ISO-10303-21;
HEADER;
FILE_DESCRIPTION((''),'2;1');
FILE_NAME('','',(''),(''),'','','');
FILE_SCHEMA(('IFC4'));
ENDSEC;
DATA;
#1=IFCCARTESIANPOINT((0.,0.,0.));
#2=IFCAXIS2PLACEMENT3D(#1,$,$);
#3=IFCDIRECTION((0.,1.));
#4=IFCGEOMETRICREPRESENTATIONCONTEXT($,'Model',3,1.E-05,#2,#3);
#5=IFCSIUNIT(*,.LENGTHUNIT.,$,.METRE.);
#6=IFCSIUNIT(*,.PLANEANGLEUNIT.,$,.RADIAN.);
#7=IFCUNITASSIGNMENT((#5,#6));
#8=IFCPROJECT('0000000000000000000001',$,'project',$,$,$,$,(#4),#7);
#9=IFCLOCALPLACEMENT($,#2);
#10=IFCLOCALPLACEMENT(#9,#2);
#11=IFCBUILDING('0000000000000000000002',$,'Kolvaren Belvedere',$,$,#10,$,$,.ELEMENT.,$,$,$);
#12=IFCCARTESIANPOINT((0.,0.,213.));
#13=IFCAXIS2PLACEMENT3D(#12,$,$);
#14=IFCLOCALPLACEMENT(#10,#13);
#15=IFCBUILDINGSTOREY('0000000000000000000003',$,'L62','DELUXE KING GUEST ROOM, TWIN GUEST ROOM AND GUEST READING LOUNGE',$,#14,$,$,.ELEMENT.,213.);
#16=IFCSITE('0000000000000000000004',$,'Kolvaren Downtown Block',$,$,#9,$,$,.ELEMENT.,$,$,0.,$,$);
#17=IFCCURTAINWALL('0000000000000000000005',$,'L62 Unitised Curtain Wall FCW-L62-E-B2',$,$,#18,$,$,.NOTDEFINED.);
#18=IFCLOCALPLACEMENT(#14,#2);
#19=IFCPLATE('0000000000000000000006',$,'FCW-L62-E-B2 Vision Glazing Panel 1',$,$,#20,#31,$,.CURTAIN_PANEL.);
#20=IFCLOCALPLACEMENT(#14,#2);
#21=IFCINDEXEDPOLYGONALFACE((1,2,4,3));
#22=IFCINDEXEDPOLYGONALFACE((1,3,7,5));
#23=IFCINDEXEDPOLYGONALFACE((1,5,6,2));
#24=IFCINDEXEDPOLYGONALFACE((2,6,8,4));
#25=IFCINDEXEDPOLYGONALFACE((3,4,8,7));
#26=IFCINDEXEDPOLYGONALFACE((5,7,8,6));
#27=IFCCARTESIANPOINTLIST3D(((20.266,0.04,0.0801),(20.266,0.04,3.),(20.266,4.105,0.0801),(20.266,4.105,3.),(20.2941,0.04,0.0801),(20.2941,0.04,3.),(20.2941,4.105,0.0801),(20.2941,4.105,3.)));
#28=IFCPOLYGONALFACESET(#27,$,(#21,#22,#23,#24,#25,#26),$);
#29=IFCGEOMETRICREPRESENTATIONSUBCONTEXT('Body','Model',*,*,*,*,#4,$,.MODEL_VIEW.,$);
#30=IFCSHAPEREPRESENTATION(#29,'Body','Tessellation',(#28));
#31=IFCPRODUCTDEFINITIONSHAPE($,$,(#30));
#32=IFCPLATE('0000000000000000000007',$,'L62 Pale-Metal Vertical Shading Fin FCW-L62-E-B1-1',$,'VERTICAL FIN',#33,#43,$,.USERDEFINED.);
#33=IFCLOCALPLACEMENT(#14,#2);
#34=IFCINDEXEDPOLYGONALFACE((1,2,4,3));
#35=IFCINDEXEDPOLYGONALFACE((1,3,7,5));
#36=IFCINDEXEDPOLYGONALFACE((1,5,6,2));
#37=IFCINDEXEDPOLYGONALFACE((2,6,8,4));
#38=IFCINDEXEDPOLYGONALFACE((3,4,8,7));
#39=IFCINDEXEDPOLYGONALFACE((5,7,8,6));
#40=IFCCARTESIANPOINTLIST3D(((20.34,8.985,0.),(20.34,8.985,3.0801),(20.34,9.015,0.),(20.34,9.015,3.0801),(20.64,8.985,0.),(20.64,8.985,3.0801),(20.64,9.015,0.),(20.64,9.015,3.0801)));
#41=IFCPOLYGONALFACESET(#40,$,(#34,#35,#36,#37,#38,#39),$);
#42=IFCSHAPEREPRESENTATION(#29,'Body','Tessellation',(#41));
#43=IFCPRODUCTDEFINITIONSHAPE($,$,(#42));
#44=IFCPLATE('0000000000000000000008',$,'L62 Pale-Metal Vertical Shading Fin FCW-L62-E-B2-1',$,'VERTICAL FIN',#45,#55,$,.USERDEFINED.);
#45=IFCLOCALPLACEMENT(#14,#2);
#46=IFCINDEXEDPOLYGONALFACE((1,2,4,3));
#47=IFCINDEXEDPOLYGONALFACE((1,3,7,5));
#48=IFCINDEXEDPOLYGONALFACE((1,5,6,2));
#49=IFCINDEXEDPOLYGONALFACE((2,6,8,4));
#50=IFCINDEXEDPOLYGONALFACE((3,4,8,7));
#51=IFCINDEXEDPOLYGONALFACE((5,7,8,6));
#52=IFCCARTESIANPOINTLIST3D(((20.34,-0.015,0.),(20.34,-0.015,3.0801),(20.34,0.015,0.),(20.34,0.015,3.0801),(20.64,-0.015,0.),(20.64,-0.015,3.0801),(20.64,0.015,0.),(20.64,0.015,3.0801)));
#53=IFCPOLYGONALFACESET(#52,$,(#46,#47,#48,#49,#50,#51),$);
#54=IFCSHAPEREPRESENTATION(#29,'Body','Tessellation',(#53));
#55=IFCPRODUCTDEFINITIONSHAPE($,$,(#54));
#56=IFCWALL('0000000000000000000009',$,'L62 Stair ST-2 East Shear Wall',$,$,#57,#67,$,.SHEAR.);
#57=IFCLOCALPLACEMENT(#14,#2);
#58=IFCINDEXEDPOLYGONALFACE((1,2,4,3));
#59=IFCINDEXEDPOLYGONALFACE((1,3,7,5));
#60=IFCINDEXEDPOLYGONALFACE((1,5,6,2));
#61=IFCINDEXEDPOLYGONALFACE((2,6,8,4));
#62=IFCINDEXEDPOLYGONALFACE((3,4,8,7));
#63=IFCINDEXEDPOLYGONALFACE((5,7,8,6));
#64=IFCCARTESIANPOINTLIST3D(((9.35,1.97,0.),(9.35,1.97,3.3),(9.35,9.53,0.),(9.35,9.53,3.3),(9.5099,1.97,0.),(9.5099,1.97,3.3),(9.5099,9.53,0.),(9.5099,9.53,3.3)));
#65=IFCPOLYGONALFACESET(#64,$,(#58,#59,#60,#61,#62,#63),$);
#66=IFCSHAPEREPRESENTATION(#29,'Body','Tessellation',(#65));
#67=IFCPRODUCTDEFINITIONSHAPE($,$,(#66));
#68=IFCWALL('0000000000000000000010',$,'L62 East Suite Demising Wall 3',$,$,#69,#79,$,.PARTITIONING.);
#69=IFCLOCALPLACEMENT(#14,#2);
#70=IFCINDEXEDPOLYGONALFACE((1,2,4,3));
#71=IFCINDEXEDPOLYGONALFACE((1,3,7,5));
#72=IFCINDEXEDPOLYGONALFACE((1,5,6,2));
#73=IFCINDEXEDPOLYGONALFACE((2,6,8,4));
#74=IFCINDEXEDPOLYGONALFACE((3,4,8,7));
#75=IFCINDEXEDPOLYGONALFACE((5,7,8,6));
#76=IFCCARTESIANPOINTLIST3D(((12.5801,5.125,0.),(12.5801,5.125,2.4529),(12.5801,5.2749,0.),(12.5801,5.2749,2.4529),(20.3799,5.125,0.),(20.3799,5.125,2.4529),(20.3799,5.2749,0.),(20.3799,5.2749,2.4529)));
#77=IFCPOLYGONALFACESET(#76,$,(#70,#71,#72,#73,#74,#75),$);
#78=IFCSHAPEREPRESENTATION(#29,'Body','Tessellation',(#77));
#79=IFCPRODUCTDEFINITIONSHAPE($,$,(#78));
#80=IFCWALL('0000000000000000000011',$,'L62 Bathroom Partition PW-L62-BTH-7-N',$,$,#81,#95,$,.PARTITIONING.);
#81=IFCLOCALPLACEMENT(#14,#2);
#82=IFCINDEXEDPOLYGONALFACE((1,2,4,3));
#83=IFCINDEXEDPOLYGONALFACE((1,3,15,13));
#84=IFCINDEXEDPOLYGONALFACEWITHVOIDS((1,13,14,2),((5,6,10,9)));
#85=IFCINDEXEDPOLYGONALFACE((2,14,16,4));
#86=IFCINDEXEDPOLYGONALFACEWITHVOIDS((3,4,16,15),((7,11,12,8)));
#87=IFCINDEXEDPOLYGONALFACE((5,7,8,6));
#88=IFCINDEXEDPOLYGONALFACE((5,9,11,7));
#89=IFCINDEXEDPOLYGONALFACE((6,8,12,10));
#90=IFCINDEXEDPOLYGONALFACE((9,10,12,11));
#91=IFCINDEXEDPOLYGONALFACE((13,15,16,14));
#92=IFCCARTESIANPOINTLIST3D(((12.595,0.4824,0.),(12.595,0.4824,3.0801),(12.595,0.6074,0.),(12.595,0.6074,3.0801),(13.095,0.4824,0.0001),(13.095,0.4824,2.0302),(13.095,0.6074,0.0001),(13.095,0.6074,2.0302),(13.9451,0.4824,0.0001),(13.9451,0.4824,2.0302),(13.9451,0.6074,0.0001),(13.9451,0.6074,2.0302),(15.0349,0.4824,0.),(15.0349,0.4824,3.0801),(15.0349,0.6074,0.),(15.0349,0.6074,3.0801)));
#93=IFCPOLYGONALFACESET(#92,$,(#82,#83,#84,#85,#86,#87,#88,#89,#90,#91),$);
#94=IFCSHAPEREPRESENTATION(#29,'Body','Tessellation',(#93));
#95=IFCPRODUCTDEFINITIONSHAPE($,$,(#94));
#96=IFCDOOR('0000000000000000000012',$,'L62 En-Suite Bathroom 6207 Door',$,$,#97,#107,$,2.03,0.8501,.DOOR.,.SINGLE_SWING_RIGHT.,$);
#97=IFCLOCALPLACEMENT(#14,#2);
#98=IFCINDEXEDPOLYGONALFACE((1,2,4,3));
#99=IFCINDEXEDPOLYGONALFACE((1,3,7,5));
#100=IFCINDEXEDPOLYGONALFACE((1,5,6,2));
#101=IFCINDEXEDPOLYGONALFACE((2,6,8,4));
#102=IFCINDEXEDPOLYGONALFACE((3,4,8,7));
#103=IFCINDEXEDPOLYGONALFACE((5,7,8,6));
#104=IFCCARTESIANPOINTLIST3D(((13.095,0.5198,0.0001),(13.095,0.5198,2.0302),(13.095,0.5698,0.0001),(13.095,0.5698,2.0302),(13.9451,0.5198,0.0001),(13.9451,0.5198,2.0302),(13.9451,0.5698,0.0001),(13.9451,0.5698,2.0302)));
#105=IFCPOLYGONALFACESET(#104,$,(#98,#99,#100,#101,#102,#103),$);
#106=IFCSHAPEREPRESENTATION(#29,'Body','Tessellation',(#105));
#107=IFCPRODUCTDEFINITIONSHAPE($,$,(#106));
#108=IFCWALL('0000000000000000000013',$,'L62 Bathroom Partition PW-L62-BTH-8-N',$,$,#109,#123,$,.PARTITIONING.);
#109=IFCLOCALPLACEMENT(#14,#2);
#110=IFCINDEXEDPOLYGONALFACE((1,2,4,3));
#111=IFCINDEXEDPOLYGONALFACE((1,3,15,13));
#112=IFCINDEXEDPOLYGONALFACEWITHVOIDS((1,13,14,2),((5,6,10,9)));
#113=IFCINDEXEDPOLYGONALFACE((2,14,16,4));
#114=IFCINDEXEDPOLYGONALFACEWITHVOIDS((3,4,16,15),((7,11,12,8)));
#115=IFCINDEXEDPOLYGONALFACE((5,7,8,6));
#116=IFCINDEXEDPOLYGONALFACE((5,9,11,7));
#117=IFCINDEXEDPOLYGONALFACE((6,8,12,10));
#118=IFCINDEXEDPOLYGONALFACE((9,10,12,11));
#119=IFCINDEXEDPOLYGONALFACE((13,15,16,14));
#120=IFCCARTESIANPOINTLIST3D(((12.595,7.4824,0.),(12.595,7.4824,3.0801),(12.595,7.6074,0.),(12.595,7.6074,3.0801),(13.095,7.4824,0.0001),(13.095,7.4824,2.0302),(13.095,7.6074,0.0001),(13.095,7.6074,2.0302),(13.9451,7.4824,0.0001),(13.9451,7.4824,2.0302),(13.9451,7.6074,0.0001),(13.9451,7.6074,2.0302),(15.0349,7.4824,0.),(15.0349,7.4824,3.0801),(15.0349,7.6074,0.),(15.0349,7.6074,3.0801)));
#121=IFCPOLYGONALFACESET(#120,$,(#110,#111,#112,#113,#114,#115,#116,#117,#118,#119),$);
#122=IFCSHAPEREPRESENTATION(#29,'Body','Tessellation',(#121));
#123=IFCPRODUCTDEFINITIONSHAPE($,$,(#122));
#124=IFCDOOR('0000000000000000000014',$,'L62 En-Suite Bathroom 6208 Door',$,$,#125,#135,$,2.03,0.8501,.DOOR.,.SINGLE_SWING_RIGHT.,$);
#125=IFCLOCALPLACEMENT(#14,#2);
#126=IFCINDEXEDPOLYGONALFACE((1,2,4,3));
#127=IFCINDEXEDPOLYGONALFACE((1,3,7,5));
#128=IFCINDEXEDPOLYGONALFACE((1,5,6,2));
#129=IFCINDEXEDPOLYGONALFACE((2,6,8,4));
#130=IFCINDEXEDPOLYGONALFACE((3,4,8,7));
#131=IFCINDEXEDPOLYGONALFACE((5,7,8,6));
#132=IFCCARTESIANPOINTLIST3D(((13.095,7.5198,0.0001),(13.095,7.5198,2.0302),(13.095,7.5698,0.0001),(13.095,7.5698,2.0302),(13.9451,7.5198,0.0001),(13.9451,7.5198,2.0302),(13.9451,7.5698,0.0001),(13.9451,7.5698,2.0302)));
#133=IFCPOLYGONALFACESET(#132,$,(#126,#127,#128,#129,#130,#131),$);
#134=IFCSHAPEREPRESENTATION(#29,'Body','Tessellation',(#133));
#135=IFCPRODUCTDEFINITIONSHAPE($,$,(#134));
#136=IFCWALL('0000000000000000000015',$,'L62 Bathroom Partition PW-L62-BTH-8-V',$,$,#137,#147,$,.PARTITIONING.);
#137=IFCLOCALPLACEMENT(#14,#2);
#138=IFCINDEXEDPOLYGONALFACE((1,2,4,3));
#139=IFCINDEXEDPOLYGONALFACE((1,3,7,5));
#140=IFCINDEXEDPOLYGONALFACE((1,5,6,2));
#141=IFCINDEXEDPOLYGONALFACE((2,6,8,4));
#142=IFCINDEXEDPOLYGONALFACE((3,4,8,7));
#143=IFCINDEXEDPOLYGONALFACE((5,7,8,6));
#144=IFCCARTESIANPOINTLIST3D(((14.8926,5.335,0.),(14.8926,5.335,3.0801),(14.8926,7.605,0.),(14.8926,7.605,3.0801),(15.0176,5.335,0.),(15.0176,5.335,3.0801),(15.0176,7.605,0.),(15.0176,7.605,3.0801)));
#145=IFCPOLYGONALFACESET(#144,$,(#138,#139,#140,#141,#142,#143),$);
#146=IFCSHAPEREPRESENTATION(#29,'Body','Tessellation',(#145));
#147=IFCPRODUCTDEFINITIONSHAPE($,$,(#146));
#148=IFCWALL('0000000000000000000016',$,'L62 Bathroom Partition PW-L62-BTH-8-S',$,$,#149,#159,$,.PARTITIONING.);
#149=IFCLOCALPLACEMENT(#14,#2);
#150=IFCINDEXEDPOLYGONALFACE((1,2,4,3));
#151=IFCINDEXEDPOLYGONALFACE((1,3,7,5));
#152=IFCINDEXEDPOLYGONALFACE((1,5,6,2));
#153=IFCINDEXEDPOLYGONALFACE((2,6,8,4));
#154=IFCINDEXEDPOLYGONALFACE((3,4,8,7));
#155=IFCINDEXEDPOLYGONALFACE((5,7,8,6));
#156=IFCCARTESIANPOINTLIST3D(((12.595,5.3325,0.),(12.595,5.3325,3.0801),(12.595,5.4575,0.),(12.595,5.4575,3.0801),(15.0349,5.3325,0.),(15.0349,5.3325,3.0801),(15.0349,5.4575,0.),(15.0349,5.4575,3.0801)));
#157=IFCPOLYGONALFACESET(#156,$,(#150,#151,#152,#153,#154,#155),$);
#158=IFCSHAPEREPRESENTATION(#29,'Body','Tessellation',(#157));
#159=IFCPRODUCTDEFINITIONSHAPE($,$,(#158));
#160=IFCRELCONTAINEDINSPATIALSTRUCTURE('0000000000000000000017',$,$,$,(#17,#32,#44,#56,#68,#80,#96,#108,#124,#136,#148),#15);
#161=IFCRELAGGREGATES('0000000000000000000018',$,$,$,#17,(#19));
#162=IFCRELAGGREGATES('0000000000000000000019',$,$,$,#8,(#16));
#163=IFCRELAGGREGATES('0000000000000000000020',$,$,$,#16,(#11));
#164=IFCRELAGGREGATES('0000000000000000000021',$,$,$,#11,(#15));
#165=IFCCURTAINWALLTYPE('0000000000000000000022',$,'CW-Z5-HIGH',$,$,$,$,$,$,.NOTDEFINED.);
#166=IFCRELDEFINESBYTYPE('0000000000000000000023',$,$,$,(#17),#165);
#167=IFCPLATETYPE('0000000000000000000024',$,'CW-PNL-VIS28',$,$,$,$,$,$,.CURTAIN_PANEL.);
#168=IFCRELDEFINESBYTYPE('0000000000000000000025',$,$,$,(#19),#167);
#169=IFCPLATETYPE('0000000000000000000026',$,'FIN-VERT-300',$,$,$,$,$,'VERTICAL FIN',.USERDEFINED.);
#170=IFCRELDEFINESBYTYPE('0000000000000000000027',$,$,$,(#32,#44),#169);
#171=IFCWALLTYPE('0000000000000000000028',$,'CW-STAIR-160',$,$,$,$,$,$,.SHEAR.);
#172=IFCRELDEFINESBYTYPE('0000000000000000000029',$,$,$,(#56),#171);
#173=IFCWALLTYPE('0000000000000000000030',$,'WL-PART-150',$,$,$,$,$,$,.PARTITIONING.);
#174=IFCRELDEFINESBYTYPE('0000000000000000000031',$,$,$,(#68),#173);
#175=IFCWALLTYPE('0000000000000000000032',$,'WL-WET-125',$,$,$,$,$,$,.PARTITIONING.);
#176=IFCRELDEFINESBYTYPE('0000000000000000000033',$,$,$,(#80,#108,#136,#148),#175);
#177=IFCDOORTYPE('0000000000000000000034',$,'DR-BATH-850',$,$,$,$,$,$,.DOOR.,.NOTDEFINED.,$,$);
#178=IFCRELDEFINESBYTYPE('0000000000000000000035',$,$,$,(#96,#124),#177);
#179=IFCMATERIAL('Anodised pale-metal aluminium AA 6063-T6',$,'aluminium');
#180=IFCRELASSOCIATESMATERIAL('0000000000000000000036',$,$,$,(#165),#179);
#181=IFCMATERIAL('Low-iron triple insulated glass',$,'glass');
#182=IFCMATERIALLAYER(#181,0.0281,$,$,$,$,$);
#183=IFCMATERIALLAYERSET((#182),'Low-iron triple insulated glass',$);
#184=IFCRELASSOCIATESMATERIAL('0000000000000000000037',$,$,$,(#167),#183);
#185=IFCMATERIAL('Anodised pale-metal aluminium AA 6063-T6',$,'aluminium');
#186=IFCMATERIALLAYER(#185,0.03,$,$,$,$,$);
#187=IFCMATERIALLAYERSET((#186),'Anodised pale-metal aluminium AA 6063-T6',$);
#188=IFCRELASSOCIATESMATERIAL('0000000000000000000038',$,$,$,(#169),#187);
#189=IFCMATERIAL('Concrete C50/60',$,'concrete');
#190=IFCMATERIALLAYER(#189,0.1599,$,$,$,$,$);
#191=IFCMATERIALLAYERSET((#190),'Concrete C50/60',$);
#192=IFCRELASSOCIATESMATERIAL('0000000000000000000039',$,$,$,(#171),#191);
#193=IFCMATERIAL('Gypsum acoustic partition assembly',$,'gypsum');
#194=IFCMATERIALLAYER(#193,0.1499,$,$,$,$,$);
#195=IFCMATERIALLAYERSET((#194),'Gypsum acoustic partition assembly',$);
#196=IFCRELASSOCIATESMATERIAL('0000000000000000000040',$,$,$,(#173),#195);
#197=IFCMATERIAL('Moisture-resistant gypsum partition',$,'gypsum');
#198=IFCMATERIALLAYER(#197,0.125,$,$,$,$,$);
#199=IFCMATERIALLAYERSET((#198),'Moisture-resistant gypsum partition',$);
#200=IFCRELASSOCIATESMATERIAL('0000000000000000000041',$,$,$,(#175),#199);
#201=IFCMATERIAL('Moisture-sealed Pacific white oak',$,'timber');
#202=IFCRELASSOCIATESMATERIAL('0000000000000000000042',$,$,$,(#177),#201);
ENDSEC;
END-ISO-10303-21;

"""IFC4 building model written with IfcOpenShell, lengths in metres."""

from ifc_helpers import new_model, si_unit, direction, frame, frame_2d, origin, origin_2d, place, context, subcontext, project, spatial, rectangle, extrude, material, layer, layer_set, type_object, element, fill, aggregate, save


model = new_model("IFC4")

# Units and contexts
model_context = context("Model", 3, precision=1e-05, world=origin(), true_north=direction((0.0, 1.0)))
body_context = subcontext(model_context, "Body", "Model", "MODEL_VIEW")
ifc_project = project(units=[si_unit("LENGTHUNIT", "METRE"), si_unit("PLANEANGLEUNIT", "RADIAN")], contexts=[model_context])

# Site, building, storey
site_placement = place(None, origin())
site = spatial("IfcSite", under=ifc_project, at=site_placement, Name="Kolvaren Downtown Block", CompositionType="ELEMENT", RefElevation=0.0)
building_placement = place(site_placement, origin())
building = spatial("IfcBuilding", under=site, at=building_placement, Name="Kolvaren Belvedere", CompositionType="ELEMENT")
storey_placement = place(building_placement, frame((0.0, 0.0, 213.0)))
storey = spatial("IfcBuildingStorey", under=building, at=storey_placement, Name="L62", Description="DELUXE KING GUEST ROOM, TWIN GUEST ROOM AND GUEST READING LOUNGE", CompositionType="ELEMENT", Elevation=213.0)

# Curtain wall
ifc_material_1 = material(Name="Anodised pale-metal aluminium AA 6063-T6", Category="aluminium")
curtain_wall_type = type_object("IfcCurtainWallType", Name="CW-Z5-HIGH", PredefinedType="NOTDEFINED", material=ifc_material_1)
curtain_wall_1_placement = place(storey_placement, origin())
curtain_wall_1 = element("IfcCurtainWall", 1, at=curtain_wall_1_placement, inside=storey, type_object=curtain_wall_type, Name="L62 Unitised Curtain Wall FCW-L62-E-B2", PredefinedType="NOTDEFINED")

# Plate
ifc_material_2 = material(Name="Low-iron triple insulated glass", Category="glass")
ifc_layer_1 = layer(ifc_material_2, 0.0281)
ifc_layer_set_1 = layer_set([ifc_layer_1], Name="Low-iron triple insulated glass")
plate_type_1 = type_object("IfcPlateType", Name="CW-PNL-VIS28", PredefinedType="CURTAIN_PANEL", material=ifc_layer_set_1)
plate_1_placement = place(storey_placement, frame((20.28, 2.0725, 0.0801), z_axis=(0.0, 0.0, 1.0), x_axis=(0.0, -1.0, 0.0)))
plate_1 = element("IfcPlate", 2, at=plate_1_placement, type_object=plate_type_1, Name="FCW-L62-E-B2 Vision Glazing Panel 1", PredefinedType="CURTAIN_PANEL", context=body_context, shape_type="SweptSolid", body=[
    extrude(rectangle(XDim=4.0649, YDim=0.0281, at=origin_2d()), origin(), (0.0, 0.0, 1.0), 2.9199),
])
aggregate(curtain_wall_1, [plate_1])

# Plates
ifc_material_3 = material(Name="Anodised pale-metal aluminium AA 6063-T6", Category="aluminium")
ifc_layer_2 = layer(ifc_material_3, 0.03)
ifc_layer_set_2 = layer_set([ifc_layer_2], Name="Anodised pale-metal aluminium AA 6063-T6")
plate_type_2 = type_object("IfcPlateType", Name="FIN-VERT-300", ElementType="VERTICAL FIN", PredefinedType="USERDEFINED", material=ifc_layer_set_2)
for number, where, z_axis, x_axis, name in (
    (3, (20.49, 9.0, 0.0), (0.0, 0.0, 1.0), (1.0, 0.0, 0.0), "L62 Pale-Metal Vertical Shading Fin FCW-L62-E-B1-1"),
    (4, (20.49, 0.0, 0.0), (0.0, 0.0, 1.0), (1.0, 0.0, 0.0), "L62 Pale-Metal Vertical Shading Fin FCW-L62-E-B2-1"),
):
    element("IfcPlate", number, at=place(storey_placement, frame(where, z_axis=z_axis, x_axis=x_axis)), inside=storey, type_object=plate_type_2, Name=name, ObjectType="VERTICAL FIN", PredefinedType="USERDEFINED", context=body_context, shape_type="SweptSolid", body=[
        extrude(rectangle(XDim=0.3, YDim=0.03, at=origin_2d()), origin(), (0.0, 0.0, 1.0), 3.0801),
    ])

# Walls
ifc_material_4 = material(Name="Concrete C50/60", Category="concrete")
ifc_layer_3 = layer(ifc_material_4, 0.1599)
ifc_layer_set_3 = layer_set([ifc_layer_3], Name="Concrete C50/60")
wall_type_1 = type_object("IfcWallType", Name="CW-STAIR-160", PredefinedType="SHEAR", material=ifc_layer_set_3)
wall_1_placement = place(storey_placement, frame((9.4299, 1.97, 0.0), z_axis=(0.0, 0.0, 1.0), x_axis=(0.0, 1.0, 0.0)))
element("IfcWall", 5, at=wall_1_placement, inside=storey, type_object=wall_type_1, Name="L62 Stair ST-2 East Shear Wall", PredefinedType="SHEAR", context=body_context, shape_type="SweptSolid", body=[
    extrude(rectangle(XDim=7.5601, YDim=0.1599, at=frame_2d((3.78, 0.0))), origin(), (0.0, 0.0, 1.0), 3.3),
])
ifc_material_5 = material(Name="Gypsum acoustic partition assembly", Category="gypsum")
ifc_layer_4 = layer(ifc_material_5, 0.1499)
ifc_layer_set_4 = layer_set([ifc_layer_4], Name="Gypsum acoustic partition assembly")
wall_type_2 = type_object("IfcWallType", Name="WL-PART-150", PredefinedType="PARTITIONING", material=ifc_layer_set_4)
wall_2_placement = place(storey_placement, frame((12.5801, 5.2, 0.0), z_axis=(0.0, 0.0, 1.0), x_axis=(1.0, 0.0, 0.0)))
element("IfcWall", 6, at=wall_2_placement, inside=storey, type_object=wall_type_2, Name="L62 East Suite Demising Wall 3", PredefinedType="PARTITIONING", context=body_context, shape_type="SweptSolid", body=[
    extrude(rectangle(XDim=7.7998, YDim=0.1499, at=frame_2d((3.8999, 0.0))), origin(), (0.0, 0.0, 1.0), 2.4529),
])

# Walls, openings, doors
ifc_material_6 = material(Name="Moisture-resistant gypsum partition", Category="gypsum")
ifc_layer_5 = layer(ifc_material_6, 0.125)
ifc_layer_set_5 = layer_set([ifc_layer_5], Name="Moisture-resistant gypsum partition")
wall_type_3 = type_object("IfcWallType", Name="WL-WET-125", PredefinedType="PARTITIONING", material=ifc_layer_set_5)
wall_3_placement = place(storey_placement, frame((12.595, 0.5449, 0.0), z_axis=(0.0, 0.0, 1.0), x_axis=(1.0, 0.0, 0.0)))
wall_3 = element("IfcWall", 7, at=wall_3_placement, inside=storey, type_object=wall_type_3, Name="L62 Bathroom Partition PW-L62-BTH-7-N", PredefinedType="PARTITIONING", context=body_context, shape_type="SweptSolid", body=[
    extrude(rectangle(XDim=2.4399, YDim=0.125, at=frame_2d((1.22, 0.0))), origin(), (0.0, 0.0, 1.0), 3.0801),
])
opening_1_placement = place(wall_3_placement, frame((0.5, 0.0, 0.0)))
opening_1 = element("IfcOpeningElement", 8, at=opening_1_placement, cuts=wall_3, PredefinedType="OPENING", context=body_context, shape_type="SweptSolid", body=[
    extrude(rectangle(XDim=0.8501, YDim=2.03, at=frame_2d((0.425, 1.0151))), frame((0.0, 0.0725, 0.0), z_axis=(0.0, -1.0, 0.0), x_axis=(1.0, 0.0, 0.0)), (0.0, 0.0, 1.0), 0.145),
])
ifc_material_7 = material(Name="Moisture-sealed Pacific white oak", Category="timber")
door_type = type_object("IfcDoorType", Name="DR-BATH-850", OperationType="NOTDEFINED", PredefinedType="DOOR", material=ifc_material_7)
door_1_placement = place(opening_1_placement, origin())
door_1 = element("IfcDoor", 9, at=door_1_placement, inside=storey, type_object=door_type, Name="L62 En-Suite Bathroom 6207 Door", OperationType="SINGLE_SWING_RIGHT", OverallHeight=2.03, OverallWidth=0.8501, PredefinedType="DOOR", context=body_context, shape_type="SweptSolid", body=[
    extrude(rectangle(XDim=0.8501, YDim=2.03, at=frame_2d((0.425, 1.0151))), frame((0.0, 0.0249, 0.0), z_axis=(0.0, -1.0, 0.0), x_axis=(1.0, 0.0, 0.0)), (0.0, 0.0, 1.0), 0.05),
])
fill(opening_1, door_1)
wall_4_placement = place(storey_placement, frame((12.595, 7.5449, 0.0), z_axis=(0.0, 0.0, 1.0), x_axis=(1.0, 0.0, 0.0)))
wall_4 = element("IfcWall", 10, at=wall_4_placement, inside=storey, type_object=wall_type_3, Name="L62 Bathroom Partition PW-L62-BTH-8-N", PredefinedType="PARTITIONING", context=body_context, shape_type="SweptSolid", body=[
    extrude(rectangle(XDim=2.4399, YDim=0.125, at=frame_2d((1.22, 0.0))), origin(), (0.0, 0.0, 1.0), 3.0801),
])
opening_2_placement = place(wall_4_placement, frame((0.5, 0.0, 0.0)))
opening_2 = element("IfcOpeningElement", 11, at=opening_2_placement, cuts=wall_4, PredefinedType="OPENING", context=body_context, shape_type="SweptSolid", body=[
    extrude(rectangle(XDim=0.8501, YDim=2.03, at=frame_2d((0.425, 1.0151))), frame((0.0, 0.0725, 0.0), z_axis=(0.0, -1.0, 0.0), x_axis=(1.0, 0.0, 0.0)), (0.0, 0.0, 1.0), 0.145),
])
door_2_placement = place(opening_2_placement, origin())
door_2 = element("IfcDoor", 12, at=door_2_placement, inside=storey, type_object=door_type, Name="L62 En-Suite Bathroom 6208 Door", OperationType="SINGLE_SWING_RIGHT", OverallHeight=2.03, OverallWidth=0.8501, PredefinedType="DOOR", context=body_context, shape_type="SweptSolid", body=[
    extrude(rectangle(XDim=0.8501, YDim=2.03, at=frame_2d((0.425, 1.0151))), frame((0.0, 0.0249, 0.0), z_axis=(0.0, -1.0, 0.0), x_axis=(1.0, 0.0, 0.0)), (0.0, 0.0, 1.0), 0.05),
])
fill(opening_2, door_2)

# Walls
wall_5_placement = place(storey_placement, frame((14.9551, 5.335, 0.0), z_axis=(0.0, 0.0, 1.0), x_axis=(0.0, 1.0, 0.0)))
element("IfcWall", 13, at=wall_5_placement, inside=storey, type_object=wall_type_3, Name="L62 Bathroom Partition PW-L62-BTH-8-V", PredefinedType="PARTITIONING", context=body_context, shape_type="SweptSolid", body=[
    extrude(rectangle(XDim=2.27, YDim=0.125, at=frame_2d((1.135, 0.0))), origin(), (0.0, 0.0, 1.0), 3.0801),
])
wall_6_placement = place(storey_placement, frame((12.595, 5.395, 0.0), z_axis=(0.0, 0.0, 1.0), x_axis=(1.0, 0.0, 0.0)))
element("IfcWall", 14, at=wall_6_placement, inside=storey, type_object=wall_type_3, Name="L62 Bathroom Partition PW-L62-BTH-8-S", PredefinedType="PARTITIONING", context=body_context, shape_type="SweptSolid", body=[
    extrude(rectangle(XDim=2.4399, YDim=0.125, at=frame_2d((1.22, 0.0))), origin(), (0.0, 0.0, 1.0), 3.0801),
])

save(model, "model.ifc")
